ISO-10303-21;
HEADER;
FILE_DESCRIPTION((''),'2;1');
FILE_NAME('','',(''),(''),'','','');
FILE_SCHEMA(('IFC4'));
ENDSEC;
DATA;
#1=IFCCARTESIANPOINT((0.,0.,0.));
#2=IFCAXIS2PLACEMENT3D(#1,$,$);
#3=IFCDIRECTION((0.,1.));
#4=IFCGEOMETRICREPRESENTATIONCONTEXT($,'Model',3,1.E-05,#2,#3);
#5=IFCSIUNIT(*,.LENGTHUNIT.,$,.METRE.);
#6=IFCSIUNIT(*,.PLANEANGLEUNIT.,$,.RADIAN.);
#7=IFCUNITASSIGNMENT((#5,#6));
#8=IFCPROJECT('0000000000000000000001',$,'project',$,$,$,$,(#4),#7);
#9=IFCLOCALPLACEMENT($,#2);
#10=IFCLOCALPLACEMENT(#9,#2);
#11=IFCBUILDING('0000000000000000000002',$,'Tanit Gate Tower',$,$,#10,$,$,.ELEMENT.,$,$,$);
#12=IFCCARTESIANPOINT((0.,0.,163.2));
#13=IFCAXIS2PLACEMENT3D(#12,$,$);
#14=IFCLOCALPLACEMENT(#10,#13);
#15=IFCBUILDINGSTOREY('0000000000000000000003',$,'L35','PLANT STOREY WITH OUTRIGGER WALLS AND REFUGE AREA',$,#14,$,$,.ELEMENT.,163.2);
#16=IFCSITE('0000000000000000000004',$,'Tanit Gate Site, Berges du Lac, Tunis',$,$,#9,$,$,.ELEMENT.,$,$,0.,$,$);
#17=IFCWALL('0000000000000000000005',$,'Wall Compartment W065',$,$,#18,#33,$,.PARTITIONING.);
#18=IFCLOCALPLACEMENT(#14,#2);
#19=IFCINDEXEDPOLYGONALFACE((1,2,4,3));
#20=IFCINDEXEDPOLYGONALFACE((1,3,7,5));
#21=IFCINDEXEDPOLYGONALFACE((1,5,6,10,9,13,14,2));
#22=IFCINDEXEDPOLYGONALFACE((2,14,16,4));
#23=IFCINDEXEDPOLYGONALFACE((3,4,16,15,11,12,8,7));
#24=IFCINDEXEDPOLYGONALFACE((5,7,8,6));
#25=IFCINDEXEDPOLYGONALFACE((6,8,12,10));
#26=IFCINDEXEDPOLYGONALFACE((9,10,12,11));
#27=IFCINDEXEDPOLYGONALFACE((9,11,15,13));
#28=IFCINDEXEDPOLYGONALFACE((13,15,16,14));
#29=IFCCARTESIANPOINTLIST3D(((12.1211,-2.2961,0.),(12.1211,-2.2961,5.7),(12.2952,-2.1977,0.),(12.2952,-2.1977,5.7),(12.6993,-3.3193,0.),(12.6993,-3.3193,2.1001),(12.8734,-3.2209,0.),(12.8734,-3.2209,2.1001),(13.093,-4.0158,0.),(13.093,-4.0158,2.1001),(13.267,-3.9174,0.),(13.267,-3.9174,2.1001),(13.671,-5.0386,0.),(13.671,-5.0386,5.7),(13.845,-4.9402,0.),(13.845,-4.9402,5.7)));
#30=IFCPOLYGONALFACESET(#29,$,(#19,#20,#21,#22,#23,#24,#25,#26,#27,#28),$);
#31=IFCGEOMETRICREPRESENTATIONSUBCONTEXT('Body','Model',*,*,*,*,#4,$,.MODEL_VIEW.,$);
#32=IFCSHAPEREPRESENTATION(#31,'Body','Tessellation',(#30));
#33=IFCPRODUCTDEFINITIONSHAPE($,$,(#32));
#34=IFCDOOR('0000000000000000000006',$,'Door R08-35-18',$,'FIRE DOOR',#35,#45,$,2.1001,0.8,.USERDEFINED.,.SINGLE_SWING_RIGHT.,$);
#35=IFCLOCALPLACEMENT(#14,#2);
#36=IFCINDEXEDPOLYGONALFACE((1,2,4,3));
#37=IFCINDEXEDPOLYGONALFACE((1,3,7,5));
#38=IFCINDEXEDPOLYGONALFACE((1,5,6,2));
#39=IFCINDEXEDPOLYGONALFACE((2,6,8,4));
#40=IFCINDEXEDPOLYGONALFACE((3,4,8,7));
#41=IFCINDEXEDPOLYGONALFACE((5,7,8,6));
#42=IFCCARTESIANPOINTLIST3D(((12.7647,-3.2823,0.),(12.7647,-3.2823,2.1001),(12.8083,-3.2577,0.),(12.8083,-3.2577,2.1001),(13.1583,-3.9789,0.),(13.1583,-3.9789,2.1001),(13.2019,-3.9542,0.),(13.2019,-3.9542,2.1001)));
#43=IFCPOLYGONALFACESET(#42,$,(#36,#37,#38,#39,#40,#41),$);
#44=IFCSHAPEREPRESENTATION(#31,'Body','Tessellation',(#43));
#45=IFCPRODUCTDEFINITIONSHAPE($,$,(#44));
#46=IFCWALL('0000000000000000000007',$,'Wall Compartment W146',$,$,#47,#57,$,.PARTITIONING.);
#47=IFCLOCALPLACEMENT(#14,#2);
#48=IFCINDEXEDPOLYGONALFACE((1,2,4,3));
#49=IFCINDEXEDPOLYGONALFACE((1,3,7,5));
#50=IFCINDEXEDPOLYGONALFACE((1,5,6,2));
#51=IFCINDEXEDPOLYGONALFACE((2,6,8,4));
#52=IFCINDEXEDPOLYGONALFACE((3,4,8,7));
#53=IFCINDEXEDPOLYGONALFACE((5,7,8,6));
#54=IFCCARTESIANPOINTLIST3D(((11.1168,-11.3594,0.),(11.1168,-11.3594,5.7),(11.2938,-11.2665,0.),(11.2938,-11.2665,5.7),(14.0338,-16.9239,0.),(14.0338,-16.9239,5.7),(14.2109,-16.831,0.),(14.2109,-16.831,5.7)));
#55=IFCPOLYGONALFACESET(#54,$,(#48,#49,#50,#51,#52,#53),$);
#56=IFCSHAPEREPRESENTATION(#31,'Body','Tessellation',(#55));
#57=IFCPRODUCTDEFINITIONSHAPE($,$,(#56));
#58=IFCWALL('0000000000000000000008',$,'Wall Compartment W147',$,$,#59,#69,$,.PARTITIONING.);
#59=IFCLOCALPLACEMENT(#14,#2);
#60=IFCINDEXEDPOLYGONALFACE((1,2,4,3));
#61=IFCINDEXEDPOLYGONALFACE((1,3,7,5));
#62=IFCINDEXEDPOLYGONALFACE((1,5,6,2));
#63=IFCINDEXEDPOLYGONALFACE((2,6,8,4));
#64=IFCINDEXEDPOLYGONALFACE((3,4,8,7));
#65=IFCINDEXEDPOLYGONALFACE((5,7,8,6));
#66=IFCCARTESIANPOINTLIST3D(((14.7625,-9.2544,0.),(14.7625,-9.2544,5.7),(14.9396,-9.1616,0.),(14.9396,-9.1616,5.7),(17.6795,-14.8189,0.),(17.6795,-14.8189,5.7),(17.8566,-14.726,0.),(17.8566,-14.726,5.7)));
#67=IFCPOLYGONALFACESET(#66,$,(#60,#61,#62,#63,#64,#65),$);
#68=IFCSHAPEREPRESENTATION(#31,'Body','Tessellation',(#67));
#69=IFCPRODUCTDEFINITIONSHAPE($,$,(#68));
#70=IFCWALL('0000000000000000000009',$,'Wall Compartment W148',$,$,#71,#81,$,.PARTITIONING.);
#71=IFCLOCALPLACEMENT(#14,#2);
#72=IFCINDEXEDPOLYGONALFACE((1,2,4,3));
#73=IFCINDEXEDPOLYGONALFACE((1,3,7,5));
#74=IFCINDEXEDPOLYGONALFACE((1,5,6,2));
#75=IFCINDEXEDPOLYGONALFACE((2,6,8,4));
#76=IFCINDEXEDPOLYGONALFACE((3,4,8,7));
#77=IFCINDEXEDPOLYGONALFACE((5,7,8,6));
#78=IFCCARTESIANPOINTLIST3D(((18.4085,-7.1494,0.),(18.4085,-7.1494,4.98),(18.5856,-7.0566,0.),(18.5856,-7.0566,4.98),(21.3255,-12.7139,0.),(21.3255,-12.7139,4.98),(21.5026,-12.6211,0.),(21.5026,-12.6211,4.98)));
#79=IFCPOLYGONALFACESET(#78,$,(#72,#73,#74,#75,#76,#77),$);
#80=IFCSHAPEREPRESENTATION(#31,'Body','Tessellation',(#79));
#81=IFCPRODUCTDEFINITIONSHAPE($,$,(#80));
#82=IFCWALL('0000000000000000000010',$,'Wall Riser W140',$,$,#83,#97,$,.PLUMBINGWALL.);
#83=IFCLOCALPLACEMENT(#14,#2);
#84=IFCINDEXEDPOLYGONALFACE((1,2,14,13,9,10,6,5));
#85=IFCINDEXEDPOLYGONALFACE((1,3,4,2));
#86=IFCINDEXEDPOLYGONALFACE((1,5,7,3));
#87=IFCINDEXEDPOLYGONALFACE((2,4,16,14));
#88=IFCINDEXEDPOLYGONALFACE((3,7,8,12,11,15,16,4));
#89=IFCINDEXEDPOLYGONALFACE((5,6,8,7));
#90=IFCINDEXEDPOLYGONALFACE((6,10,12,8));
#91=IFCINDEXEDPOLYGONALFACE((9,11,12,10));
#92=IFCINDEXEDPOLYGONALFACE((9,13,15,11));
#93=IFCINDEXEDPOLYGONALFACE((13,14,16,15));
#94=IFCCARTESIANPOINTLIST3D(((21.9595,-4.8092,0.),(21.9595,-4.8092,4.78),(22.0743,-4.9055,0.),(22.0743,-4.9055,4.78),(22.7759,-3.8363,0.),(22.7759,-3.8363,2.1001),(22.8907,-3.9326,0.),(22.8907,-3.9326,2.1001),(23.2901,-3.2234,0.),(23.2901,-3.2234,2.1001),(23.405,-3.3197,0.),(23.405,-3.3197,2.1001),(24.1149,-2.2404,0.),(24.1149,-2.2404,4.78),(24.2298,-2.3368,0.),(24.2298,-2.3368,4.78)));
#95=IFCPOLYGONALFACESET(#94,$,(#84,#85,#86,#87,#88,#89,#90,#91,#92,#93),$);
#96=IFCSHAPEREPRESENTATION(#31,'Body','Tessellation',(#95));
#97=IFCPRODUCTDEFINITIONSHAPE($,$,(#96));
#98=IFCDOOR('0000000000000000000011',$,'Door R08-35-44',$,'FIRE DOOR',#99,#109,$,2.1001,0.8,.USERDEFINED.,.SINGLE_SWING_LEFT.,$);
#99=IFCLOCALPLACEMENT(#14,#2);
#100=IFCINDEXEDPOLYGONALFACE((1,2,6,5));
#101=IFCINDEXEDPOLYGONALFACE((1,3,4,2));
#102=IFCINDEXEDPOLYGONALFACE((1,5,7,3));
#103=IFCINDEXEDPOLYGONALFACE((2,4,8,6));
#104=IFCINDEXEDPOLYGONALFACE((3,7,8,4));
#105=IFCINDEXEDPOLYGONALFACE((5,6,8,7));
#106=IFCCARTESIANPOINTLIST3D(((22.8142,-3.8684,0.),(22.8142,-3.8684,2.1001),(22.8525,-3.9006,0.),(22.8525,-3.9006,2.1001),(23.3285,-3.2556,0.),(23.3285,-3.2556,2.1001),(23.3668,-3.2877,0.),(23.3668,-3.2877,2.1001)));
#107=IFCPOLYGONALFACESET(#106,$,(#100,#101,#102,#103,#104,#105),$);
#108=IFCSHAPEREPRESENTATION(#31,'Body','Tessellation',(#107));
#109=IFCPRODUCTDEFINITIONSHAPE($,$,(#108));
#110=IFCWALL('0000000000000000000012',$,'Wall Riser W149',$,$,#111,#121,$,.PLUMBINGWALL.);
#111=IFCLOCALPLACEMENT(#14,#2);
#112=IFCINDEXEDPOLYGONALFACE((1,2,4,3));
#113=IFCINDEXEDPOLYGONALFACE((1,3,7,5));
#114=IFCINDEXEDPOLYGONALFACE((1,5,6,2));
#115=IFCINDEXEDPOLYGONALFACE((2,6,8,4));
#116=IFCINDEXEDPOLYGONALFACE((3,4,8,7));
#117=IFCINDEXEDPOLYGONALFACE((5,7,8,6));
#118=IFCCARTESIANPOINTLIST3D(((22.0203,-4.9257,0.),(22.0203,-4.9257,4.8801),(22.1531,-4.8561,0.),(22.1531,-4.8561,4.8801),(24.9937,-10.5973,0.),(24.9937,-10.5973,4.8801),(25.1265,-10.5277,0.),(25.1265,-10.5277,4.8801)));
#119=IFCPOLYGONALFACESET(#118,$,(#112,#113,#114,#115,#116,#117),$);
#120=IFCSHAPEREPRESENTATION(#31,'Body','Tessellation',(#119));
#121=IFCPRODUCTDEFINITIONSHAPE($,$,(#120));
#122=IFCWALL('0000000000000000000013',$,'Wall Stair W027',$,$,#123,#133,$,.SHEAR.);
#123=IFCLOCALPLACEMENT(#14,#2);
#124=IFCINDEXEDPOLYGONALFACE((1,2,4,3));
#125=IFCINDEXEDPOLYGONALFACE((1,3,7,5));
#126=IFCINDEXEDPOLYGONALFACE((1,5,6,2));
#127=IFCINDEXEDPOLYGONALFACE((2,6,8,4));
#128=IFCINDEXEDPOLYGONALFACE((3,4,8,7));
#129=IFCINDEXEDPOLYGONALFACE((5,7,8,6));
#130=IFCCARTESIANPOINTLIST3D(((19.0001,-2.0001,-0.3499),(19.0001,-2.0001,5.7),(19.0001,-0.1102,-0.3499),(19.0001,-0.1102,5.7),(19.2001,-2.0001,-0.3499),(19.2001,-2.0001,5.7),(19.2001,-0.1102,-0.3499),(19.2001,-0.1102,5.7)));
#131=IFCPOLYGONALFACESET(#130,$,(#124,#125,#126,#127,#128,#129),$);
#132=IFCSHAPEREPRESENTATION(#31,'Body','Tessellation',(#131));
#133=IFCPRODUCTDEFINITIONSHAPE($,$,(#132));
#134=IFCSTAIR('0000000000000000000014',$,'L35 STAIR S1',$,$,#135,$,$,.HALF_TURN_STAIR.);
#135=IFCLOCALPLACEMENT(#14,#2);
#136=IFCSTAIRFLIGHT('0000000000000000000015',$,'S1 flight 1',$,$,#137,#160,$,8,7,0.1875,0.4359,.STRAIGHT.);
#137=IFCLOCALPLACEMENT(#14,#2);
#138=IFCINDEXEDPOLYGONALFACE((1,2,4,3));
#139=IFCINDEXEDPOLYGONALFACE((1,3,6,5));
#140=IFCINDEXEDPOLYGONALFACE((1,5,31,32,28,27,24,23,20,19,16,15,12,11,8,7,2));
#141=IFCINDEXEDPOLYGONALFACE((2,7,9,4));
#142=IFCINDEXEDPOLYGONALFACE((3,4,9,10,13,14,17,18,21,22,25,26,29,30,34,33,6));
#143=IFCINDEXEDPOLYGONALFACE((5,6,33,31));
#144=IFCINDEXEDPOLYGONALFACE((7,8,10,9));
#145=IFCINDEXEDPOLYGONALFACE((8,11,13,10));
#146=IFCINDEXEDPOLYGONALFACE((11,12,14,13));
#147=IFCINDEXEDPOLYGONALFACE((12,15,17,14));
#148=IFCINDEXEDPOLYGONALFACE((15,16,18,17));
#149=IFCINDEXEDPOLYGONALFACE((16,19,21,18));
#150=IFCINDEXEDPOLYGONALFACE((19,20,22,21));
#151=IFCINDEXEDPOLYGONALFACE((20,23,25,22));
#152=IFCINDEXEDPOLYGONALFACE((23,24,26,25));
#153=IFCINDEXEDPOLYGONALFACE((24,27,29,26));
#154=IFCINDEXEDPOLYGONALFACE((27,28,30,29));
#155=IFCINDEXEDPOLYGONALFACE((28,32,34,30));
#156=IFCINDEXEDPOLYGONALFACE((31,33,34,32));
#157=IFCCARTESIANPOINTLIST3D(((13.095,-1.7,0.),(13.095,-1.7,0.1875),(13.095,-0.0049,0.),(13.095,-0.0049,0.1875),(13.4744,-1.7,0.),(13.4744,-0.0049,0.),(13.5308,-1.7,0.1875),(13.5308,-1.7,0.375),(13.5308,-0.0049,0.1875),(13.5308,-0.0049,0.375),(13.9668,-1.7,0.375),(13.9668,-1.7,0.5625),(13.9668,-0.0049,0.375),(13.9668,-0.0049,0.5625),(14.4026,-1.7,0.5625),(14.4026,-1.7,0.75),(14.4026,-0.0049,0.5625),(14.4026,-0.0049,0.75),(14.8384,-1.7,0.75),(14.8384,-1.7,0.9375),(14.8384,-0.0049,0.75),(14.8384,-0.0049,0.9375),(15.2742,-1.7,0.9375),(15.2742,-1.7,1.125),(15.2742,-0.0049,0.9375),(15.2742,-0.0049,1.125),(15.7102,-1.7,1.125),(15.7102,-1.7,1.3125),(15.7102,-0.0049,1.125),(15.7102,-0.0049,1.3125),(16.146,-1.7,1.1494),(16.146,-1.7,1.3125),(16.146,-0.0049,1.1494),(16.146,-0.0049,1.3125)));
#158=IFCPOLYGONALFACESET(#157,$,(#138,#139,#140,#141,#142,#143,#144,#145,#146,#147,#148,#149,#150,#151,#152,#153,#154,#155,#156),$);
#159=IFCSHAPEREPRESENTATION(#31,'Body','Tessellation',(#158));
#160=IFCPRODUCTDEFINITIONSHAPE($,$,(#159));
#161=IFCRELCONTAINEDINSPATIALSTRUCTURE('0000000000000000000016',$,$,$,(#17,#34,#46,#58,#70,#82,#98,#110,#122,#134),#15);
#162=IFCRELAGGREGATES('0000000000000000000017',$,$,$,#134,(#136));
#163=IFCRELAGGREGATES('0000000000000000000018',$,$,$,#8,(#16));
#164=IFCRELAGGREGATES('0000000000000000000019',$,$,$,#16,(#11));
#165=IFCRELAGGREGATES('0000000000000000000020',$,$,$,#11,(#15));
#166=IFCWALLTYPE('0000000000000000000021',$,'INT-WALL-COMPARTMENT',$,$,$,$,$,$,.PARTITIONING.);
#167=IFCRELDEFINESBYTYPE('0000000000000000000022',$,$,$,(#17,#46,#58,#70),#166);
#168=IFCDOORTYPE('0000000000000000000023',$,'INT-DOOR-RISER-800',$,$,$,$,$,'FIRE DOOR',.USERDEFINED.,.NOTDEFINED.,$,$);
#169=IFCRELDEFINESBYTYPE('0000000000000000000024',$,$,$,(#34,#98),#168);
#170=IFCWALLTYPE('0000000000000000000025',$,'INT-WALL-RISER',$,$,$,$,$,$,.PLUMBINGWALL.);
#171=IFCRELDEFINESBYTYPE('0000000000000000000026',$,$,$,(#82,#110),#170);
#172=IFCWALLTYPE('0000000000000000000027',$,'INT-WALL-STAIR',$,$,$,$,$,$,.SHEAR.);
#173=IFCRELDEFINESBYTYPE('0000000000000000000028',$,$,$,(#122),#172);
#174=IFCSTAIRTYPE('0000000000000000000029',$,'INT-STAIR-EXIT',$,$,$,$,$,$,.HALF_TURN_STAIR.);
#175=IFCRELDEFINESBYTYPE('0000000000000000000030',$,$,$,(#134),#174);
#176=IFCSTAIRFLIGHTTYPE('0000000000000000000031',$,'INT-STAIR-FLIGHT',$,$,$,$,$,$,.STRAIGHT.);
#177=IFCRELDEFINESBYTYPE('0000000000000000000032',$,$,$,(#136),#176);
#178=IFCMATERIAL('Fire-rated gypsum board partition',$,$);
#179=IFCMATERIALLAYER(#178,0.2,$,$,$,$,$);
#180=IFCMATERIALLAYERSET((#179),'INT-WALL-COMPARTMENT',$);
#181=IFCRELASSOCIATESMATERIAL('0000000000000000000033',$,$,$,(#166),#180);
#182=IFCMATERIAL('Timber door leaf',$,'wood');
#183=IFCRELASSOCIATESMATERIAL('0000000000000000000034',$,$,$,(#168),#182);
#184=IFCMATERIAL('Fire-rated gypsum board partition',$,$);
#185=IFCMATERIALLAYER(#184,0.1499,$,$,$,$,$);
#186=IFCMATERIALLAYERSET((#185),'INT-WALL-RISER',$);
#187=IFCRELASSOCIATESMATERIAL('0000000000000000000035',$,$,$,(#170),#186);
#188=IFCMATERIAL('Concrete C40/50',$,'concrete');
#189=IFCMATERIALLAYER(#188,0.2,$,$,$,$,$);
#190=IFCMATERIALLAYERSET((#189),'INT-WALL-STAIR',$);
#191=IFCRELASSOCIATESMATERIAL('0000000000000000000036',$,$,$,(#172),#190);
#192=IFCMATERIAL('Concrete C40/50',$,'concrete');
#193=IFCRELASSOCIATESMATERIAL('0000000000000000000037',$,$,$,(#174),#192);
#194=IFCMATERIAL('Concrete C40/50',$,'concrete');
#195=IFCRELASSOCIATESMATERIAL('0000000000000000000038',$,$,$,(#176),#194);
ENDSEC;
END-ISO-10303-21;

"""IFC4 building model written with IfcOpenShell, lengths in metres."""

from ifc_helpers import new_model, si_unit, direction, frame, frame_2d, origin, place, context, subcontext, project, spatial, polyline, rectangle, outline, extrude, material, layer, layer_set, type_object, element, fill, aggregate, save


model = new_model("IFC4")

# Units and contexts
model_context = context("Model", 3, precision=1e-05, world=origin(), true_north=direction((0.0, 1.0)))
body_context = subcontext(model_context, "Body", "Model", "MODEL_VIEW")
ifc_project = project(units=[si_unit("LENGTHUNIT", "METRE"), si_unit("PLANEANGLEUNIT", "RADIAN")], contexts=[model_context])

# Site, building, storey
site_placement = place(None, origin())
site = spatial("IfcSite", under=ifc_project, at=site_placement, Name="Tanit Gate Site, Berges du Lac, Tunis", CompositionType="ELEMENT", RefElevation=0.0)
building_placement = place(site_placement, origin())
building = spatial("IfcBuilding", under=site, at=building_placement, Name="Tanit Gate Tower", CompositionType="ELEMENT")
storey_placement = place(building_placement, frame((0.0, 0.0, 163.2)))
storey = spatial("IfcBuildingStorey", under=building, at=storey_placement, Name="L35", Description="PLANT STOREY WITH OUTRIGGER WALLS AND REFUGE AREA", CompositionType="ELEMENT", Elevation=163.2)

# Shared definitions
ifc_material_1 = material(Name="Fire-rated gypsum board partition")
ifc_layer_1 = layer(ifc_material_1, 0.2)
ifc_layer_set_1 = layer_set([ifc_layer_1], Name="INT-WALL-COMPARTMENT")
wall_type_1 = type_object("IfcWallType", Name="INT-WALL-COMPARTMENT", PredefinedType="PARTITIONING", material=ifc_layer_set_1)

# Wall, opening, door
wall_1_placement = place(storey_placement, frame((13.7581, -4.9895, 0.0), z_axis=(0.0, 0.0, 1.0), x_axis=(-0.491993, 0.870599, 0.0)))
wall_1 = element("IfcWall", 1, at=wall_1_placement, inside=storey, type_object=wall_type_1, Name="Wall Compartment W065", PredefinedType="PARTITIONING", context=body_context, shape_type="SweptSolid", body=[
    extrude(rectangle(XDim=3.1501, YDim=0.2, at=frame_2d((1.5752, 0.0))), origin(), (0.0, 0.0, 1.0), 5.7),
])
opening_1_placement = place(wall_1_placement, frame((1.175, 0.0, 0.0)))
opening_1 = element("IfcOpeningElement", 2, at=opening_1_placement, cuts=wall_1, PredefinedType="OPENING", context=body_context, shape_type="SweptSolid", body=[
    extrude(rectangle(XDim=0.8, YDim=2.1001, at=frame_2d((0.3999, 1.05))), frame((0.0, 0.1099, 0.0), z_axis=(0.0, -1.0, 0.0), x_axis=(1.0, 0.0, 0.0)), (0.0, 0.0, 1.0), 0.22),
])
ifc_material_2 = material(Name="Timber door leaf", Category="wood")
door_type_1 = type_object("IfcDoorType", Name="INT-DOOR-RISER-800", ElementType="FIRE DOOR", OperationType="NOTDEFINED", PredefinedType="USERDEFINED", material=ifc_material_2)
door_1_placement = place(opening_1_placement, origin())
door_1 = element("IfcDoor", 3, at=door_1_placement, inside=storey, type_object=door_type_1, Name="Door R08-35-18", ObjectType="FIRE DOOR", OperationType="SINGLE_SWING_RIGHT", OverallHeight=2.1001, OverallWidth=0.8, PredefinedType="USERDEFINED", context=body_context, shape_type="SweptSolid", body=[
    extrude(rectangle(XDim=0.8, YDim=2.1001, at=frame_2d((0.3999, 1.05))), frame((0.0, 0.0249, 0.0), z_axis=(0.0, -1.0, 0.0), x_axis=(1.0, 0.0, 0.0)), (0.0, 0.0, 1.0), 0.05),
])
fill(opening_1, door_1)

# Walls
for number, where, z_axis, x_axis, name in (
    (4, (14.1223, -16.8774, 0.0), (0.0, 0.0, 1.0), (-0.464292, 0.885682, 0.0), "Wall Compartment W146"),
    (5, (17.7681, -14.7725, 0.0), (0.0, 0.0, 1.0), (-0.464292, 0.885682, 0.0), "Wall Compartment W147"),
):
    element("IfcWall", number, at=place(storey_placement, frame(where, z_axis=z_axis, x_axis=x_axis)), inside=storey, type_object=wall_type_1, Name=name, PredefinedType="PARTITIONING", context=body_context, shape_type="SweptSolid", body=[
        extrude(rectangle(XDim=6.2827, YDim=0.2, at=frame_2d((3.1414, 0.0))), origin(), (0.0, 0.0, 1.0), 5.7),
    ])
wall_2_placement = place(storey_placement, frame((18.4971, -7.103, 0.0), z_axis=(0.0, 0.0, 1.0), x_axis=(0.464292, -0.885682, 0.0)))
element("IfcWall", 6, at=wall_2_placement, inside=storey, type_object=wall_type_1, Name="Wall Compartment W148", PredefinedType="PARTITIONING", context=body_context, shape_type="SweptSolid", body=[
    extrude(rectangle(XDim=6.2827, YDim=0.2, at=frame_2d((3.1414, 0.0))), origin(), (0.0, 0.0, 1.0), 4.98),
])

# Wall, opening, door
ifc_material_3 = material(Name="Fire-rated gypsum board partition")
ifc_layer_2 = layer(ifc_material_3, 0.1499)
ifc_layer_set_2 = layer_set([ifc_layer_2], Name="INT-WALL-RISER")
wall_type_2 = type_object("IfcWallType", Name="INT-WALL-RISER", PredefinedType="PLUMBINGWALL", material=ifc_layer_set_2)
wall_3_placement = place(storey_placement, frame((22.0168, -4.8574, 0.0), z_axis=(0.0, 0.0, 1.0), x_axis=(0.642787, 0.766045, 0.0)))
wall_3 = element("IfcWall", 7, at=wall_3_placement, inside=storey, type_object=wall_type_2, Name="Wall Riser W140", PredefinedType="PLUMBINGWALL", context=body_context, shape_type="SweptSolid", body=[
    extrude(rectangle(XDim=3.3533, YDim=0.1499, at=frame_2d((1.6768, 0.0))), origin(), (0.0, 0.0, 1.0), 4.78),
])
opening_2_placement = place(wall_3_placement, frame((1.2703, 0.0, 0.0)))
opening_2 = element("IfcOpeningElement", 8, at=opening_2_placement, cuts=wall_3, PredefinedType="OPENING", context=body_context, shape_type="SweptSolid", body=[
    extrude(rectangle(XDim=0.8, YDim=2.1001, at=frame_2d((0.3999, 1.05))), frame((0.0, 0.085, 0.0), z_axis=(0.0, -1.0, 0.0), x_axis=(1.0, 0.0, 0.0)), (0.0, 0.0, 1.0), 0.1699),
])
door_2_placement = place(opening_2_placement, origin())
door_2 = element("IfcDoor", 9, at=door_2_placement, inside=storey, type_object=door_type_1, Name="Door R08-35-44", ObjectType="FIRE DOOR", OperationType="SINGLE_SWING_LEFT", OverallHeight=2.1001, OverallWidth=0.8, PredefinedType="USERDEFINED", context=body_context, shape_type="SweptSolid", body=[
    extrude(rectangle(XDim=0.8, YDim=2.1001, at=frame_2d((0.3999, 1.05))), frame((0.0, 0.0249, 0.0), z_axis=(0.0, -1.0, 0.0), x_axis=(1.0, 0.0, 0.0)), (0.0, 0.0, 1.0), 0.05),
])
fill(opening_2, door_2)

# Walls
wall_4_placement = place(storey_placement, frame((22.0867, -4.8909, 0.0), z_axis=(0.0, 0.0, 1.0), x_axis=(0.464318, -0.885669, 0.0)))
element("IfcWall", 10, at=wall_4_placement, inside=storey, type_object=wall_type_2, Name="Wall Riser W149", PredefinedType="PLUMBINGWALL", context=body_context, shape_type="SweptSolid", body=[
    extrude(rectangle(XDim=6.4038, YDim=0.1499, at=frame_2d((3.2019, 0.0))), origin(), (0.0, 0.0, 1.0), 4.8801),
])
ifc_material_4 = material(Name="Concrete C40/50", Category="concrete")
ifc_layer_3 = layer(ifc_material_4, 0.2)
ifc_layer_set_3 = layer_set([ifc_layer_3], Name="INT-WALL-STAIR")
wall_type_3 = type_object("IfcWallType", Name="INT-WALL-STAIR", PredefinedType="SHEAR", material=ifc_layer_set_3)
wall_5_placement = place(storey_placement, frame((19.1001, -2.0, -0.3499), z_axis=(0.0, 0.0, 1.0), x_axis=(0.0, 1.0, 0.0)))
element("IfcWall", 11, at=wall_5_placement, inside=storey, type_object=wall_type_3, Name="Wall Stair W027", PredefinedType="SHEAR", context=body_context, shape_type="SweptSolid", body=[
    extrude(rectangle(XDim=1.8899, YDim=0.2, at=frame_2d((0.9448, 0.0))), origin(), (0.0, 0.0, 1.0), 6.0498),
])

# Stair, stair flight
ifc_material_5 = material(Name="Concrete C40/50", Category="concrete")
stair_type = type_object("IfcStairType", Name="INT-STAIR-EXIT", PredefinedType="HALF_TURN_STAIR", material=ifc_material_5)
stair_placement = place(storey_placement, origin())
stair = element("IfcStair", 12, at=stair_placement, inside=storey, type_object=stair_type, Name="L35 STAIR S1", PredefinedType="HALF_TURN_STAIR")
ifc_material_6 = material(Name="Concrete C40/50", Category="concrete")
stair_flight_type = type_object("IfcStairFlightType", Name="INT-STAIR-FLIGHT", PredefinedType="STRAIGHT", material=ifc_material_6)
stair_flight_1_placement = place(storey_placement, frame((13.095, -0.8525, 0.0), z_axis=(0.0, 0.0, 1.0), x_axis=(1.0, 0.0, 0.0)))
stair_flight_1 = element("IfcStairFlight", 13, at=stair_flight_1_placement, type_object=stair_flight_type, Name="S1 flight 1", NumberOfRisers=8, NumberOfTreads=7, PredefinedType="STRAIGHT", RiserHeight=0.1875, TreadLength=0.4359, context=body_context, shape_type="SweptSolid", body=[
    extrude(outline(polyline([(0.0, 0.0), (0.0, 0.1875), (0.4358, 0.1875), (0.4358, 0.375), (0.8718, 0.375), (0.8718, 0.5625), (1.3076, 0.5625), (1.3076, 0.75), (1.7434, 0.75), (1.7434, 0.9375), (2.1792, 0.9375), (2.1792, 1.125), (2.6152, 1.125), (2.6152, 1.3125), (3.051, 1.3125), (3.051, 1.5), (3.051, 1.1494), (0.3794, 0.0), (0.0, 0.0)])), frame((0.0, 0.8477, 0.0), z_axis=(0.0, -1.0, 0.0), x_axis=(1.0, 0.0, 0.0)), (0.0, 0.0, 1.0), 1.6951),
])
aggregate(stair, [stair_flight_1])

save(model, "model.ifc")
